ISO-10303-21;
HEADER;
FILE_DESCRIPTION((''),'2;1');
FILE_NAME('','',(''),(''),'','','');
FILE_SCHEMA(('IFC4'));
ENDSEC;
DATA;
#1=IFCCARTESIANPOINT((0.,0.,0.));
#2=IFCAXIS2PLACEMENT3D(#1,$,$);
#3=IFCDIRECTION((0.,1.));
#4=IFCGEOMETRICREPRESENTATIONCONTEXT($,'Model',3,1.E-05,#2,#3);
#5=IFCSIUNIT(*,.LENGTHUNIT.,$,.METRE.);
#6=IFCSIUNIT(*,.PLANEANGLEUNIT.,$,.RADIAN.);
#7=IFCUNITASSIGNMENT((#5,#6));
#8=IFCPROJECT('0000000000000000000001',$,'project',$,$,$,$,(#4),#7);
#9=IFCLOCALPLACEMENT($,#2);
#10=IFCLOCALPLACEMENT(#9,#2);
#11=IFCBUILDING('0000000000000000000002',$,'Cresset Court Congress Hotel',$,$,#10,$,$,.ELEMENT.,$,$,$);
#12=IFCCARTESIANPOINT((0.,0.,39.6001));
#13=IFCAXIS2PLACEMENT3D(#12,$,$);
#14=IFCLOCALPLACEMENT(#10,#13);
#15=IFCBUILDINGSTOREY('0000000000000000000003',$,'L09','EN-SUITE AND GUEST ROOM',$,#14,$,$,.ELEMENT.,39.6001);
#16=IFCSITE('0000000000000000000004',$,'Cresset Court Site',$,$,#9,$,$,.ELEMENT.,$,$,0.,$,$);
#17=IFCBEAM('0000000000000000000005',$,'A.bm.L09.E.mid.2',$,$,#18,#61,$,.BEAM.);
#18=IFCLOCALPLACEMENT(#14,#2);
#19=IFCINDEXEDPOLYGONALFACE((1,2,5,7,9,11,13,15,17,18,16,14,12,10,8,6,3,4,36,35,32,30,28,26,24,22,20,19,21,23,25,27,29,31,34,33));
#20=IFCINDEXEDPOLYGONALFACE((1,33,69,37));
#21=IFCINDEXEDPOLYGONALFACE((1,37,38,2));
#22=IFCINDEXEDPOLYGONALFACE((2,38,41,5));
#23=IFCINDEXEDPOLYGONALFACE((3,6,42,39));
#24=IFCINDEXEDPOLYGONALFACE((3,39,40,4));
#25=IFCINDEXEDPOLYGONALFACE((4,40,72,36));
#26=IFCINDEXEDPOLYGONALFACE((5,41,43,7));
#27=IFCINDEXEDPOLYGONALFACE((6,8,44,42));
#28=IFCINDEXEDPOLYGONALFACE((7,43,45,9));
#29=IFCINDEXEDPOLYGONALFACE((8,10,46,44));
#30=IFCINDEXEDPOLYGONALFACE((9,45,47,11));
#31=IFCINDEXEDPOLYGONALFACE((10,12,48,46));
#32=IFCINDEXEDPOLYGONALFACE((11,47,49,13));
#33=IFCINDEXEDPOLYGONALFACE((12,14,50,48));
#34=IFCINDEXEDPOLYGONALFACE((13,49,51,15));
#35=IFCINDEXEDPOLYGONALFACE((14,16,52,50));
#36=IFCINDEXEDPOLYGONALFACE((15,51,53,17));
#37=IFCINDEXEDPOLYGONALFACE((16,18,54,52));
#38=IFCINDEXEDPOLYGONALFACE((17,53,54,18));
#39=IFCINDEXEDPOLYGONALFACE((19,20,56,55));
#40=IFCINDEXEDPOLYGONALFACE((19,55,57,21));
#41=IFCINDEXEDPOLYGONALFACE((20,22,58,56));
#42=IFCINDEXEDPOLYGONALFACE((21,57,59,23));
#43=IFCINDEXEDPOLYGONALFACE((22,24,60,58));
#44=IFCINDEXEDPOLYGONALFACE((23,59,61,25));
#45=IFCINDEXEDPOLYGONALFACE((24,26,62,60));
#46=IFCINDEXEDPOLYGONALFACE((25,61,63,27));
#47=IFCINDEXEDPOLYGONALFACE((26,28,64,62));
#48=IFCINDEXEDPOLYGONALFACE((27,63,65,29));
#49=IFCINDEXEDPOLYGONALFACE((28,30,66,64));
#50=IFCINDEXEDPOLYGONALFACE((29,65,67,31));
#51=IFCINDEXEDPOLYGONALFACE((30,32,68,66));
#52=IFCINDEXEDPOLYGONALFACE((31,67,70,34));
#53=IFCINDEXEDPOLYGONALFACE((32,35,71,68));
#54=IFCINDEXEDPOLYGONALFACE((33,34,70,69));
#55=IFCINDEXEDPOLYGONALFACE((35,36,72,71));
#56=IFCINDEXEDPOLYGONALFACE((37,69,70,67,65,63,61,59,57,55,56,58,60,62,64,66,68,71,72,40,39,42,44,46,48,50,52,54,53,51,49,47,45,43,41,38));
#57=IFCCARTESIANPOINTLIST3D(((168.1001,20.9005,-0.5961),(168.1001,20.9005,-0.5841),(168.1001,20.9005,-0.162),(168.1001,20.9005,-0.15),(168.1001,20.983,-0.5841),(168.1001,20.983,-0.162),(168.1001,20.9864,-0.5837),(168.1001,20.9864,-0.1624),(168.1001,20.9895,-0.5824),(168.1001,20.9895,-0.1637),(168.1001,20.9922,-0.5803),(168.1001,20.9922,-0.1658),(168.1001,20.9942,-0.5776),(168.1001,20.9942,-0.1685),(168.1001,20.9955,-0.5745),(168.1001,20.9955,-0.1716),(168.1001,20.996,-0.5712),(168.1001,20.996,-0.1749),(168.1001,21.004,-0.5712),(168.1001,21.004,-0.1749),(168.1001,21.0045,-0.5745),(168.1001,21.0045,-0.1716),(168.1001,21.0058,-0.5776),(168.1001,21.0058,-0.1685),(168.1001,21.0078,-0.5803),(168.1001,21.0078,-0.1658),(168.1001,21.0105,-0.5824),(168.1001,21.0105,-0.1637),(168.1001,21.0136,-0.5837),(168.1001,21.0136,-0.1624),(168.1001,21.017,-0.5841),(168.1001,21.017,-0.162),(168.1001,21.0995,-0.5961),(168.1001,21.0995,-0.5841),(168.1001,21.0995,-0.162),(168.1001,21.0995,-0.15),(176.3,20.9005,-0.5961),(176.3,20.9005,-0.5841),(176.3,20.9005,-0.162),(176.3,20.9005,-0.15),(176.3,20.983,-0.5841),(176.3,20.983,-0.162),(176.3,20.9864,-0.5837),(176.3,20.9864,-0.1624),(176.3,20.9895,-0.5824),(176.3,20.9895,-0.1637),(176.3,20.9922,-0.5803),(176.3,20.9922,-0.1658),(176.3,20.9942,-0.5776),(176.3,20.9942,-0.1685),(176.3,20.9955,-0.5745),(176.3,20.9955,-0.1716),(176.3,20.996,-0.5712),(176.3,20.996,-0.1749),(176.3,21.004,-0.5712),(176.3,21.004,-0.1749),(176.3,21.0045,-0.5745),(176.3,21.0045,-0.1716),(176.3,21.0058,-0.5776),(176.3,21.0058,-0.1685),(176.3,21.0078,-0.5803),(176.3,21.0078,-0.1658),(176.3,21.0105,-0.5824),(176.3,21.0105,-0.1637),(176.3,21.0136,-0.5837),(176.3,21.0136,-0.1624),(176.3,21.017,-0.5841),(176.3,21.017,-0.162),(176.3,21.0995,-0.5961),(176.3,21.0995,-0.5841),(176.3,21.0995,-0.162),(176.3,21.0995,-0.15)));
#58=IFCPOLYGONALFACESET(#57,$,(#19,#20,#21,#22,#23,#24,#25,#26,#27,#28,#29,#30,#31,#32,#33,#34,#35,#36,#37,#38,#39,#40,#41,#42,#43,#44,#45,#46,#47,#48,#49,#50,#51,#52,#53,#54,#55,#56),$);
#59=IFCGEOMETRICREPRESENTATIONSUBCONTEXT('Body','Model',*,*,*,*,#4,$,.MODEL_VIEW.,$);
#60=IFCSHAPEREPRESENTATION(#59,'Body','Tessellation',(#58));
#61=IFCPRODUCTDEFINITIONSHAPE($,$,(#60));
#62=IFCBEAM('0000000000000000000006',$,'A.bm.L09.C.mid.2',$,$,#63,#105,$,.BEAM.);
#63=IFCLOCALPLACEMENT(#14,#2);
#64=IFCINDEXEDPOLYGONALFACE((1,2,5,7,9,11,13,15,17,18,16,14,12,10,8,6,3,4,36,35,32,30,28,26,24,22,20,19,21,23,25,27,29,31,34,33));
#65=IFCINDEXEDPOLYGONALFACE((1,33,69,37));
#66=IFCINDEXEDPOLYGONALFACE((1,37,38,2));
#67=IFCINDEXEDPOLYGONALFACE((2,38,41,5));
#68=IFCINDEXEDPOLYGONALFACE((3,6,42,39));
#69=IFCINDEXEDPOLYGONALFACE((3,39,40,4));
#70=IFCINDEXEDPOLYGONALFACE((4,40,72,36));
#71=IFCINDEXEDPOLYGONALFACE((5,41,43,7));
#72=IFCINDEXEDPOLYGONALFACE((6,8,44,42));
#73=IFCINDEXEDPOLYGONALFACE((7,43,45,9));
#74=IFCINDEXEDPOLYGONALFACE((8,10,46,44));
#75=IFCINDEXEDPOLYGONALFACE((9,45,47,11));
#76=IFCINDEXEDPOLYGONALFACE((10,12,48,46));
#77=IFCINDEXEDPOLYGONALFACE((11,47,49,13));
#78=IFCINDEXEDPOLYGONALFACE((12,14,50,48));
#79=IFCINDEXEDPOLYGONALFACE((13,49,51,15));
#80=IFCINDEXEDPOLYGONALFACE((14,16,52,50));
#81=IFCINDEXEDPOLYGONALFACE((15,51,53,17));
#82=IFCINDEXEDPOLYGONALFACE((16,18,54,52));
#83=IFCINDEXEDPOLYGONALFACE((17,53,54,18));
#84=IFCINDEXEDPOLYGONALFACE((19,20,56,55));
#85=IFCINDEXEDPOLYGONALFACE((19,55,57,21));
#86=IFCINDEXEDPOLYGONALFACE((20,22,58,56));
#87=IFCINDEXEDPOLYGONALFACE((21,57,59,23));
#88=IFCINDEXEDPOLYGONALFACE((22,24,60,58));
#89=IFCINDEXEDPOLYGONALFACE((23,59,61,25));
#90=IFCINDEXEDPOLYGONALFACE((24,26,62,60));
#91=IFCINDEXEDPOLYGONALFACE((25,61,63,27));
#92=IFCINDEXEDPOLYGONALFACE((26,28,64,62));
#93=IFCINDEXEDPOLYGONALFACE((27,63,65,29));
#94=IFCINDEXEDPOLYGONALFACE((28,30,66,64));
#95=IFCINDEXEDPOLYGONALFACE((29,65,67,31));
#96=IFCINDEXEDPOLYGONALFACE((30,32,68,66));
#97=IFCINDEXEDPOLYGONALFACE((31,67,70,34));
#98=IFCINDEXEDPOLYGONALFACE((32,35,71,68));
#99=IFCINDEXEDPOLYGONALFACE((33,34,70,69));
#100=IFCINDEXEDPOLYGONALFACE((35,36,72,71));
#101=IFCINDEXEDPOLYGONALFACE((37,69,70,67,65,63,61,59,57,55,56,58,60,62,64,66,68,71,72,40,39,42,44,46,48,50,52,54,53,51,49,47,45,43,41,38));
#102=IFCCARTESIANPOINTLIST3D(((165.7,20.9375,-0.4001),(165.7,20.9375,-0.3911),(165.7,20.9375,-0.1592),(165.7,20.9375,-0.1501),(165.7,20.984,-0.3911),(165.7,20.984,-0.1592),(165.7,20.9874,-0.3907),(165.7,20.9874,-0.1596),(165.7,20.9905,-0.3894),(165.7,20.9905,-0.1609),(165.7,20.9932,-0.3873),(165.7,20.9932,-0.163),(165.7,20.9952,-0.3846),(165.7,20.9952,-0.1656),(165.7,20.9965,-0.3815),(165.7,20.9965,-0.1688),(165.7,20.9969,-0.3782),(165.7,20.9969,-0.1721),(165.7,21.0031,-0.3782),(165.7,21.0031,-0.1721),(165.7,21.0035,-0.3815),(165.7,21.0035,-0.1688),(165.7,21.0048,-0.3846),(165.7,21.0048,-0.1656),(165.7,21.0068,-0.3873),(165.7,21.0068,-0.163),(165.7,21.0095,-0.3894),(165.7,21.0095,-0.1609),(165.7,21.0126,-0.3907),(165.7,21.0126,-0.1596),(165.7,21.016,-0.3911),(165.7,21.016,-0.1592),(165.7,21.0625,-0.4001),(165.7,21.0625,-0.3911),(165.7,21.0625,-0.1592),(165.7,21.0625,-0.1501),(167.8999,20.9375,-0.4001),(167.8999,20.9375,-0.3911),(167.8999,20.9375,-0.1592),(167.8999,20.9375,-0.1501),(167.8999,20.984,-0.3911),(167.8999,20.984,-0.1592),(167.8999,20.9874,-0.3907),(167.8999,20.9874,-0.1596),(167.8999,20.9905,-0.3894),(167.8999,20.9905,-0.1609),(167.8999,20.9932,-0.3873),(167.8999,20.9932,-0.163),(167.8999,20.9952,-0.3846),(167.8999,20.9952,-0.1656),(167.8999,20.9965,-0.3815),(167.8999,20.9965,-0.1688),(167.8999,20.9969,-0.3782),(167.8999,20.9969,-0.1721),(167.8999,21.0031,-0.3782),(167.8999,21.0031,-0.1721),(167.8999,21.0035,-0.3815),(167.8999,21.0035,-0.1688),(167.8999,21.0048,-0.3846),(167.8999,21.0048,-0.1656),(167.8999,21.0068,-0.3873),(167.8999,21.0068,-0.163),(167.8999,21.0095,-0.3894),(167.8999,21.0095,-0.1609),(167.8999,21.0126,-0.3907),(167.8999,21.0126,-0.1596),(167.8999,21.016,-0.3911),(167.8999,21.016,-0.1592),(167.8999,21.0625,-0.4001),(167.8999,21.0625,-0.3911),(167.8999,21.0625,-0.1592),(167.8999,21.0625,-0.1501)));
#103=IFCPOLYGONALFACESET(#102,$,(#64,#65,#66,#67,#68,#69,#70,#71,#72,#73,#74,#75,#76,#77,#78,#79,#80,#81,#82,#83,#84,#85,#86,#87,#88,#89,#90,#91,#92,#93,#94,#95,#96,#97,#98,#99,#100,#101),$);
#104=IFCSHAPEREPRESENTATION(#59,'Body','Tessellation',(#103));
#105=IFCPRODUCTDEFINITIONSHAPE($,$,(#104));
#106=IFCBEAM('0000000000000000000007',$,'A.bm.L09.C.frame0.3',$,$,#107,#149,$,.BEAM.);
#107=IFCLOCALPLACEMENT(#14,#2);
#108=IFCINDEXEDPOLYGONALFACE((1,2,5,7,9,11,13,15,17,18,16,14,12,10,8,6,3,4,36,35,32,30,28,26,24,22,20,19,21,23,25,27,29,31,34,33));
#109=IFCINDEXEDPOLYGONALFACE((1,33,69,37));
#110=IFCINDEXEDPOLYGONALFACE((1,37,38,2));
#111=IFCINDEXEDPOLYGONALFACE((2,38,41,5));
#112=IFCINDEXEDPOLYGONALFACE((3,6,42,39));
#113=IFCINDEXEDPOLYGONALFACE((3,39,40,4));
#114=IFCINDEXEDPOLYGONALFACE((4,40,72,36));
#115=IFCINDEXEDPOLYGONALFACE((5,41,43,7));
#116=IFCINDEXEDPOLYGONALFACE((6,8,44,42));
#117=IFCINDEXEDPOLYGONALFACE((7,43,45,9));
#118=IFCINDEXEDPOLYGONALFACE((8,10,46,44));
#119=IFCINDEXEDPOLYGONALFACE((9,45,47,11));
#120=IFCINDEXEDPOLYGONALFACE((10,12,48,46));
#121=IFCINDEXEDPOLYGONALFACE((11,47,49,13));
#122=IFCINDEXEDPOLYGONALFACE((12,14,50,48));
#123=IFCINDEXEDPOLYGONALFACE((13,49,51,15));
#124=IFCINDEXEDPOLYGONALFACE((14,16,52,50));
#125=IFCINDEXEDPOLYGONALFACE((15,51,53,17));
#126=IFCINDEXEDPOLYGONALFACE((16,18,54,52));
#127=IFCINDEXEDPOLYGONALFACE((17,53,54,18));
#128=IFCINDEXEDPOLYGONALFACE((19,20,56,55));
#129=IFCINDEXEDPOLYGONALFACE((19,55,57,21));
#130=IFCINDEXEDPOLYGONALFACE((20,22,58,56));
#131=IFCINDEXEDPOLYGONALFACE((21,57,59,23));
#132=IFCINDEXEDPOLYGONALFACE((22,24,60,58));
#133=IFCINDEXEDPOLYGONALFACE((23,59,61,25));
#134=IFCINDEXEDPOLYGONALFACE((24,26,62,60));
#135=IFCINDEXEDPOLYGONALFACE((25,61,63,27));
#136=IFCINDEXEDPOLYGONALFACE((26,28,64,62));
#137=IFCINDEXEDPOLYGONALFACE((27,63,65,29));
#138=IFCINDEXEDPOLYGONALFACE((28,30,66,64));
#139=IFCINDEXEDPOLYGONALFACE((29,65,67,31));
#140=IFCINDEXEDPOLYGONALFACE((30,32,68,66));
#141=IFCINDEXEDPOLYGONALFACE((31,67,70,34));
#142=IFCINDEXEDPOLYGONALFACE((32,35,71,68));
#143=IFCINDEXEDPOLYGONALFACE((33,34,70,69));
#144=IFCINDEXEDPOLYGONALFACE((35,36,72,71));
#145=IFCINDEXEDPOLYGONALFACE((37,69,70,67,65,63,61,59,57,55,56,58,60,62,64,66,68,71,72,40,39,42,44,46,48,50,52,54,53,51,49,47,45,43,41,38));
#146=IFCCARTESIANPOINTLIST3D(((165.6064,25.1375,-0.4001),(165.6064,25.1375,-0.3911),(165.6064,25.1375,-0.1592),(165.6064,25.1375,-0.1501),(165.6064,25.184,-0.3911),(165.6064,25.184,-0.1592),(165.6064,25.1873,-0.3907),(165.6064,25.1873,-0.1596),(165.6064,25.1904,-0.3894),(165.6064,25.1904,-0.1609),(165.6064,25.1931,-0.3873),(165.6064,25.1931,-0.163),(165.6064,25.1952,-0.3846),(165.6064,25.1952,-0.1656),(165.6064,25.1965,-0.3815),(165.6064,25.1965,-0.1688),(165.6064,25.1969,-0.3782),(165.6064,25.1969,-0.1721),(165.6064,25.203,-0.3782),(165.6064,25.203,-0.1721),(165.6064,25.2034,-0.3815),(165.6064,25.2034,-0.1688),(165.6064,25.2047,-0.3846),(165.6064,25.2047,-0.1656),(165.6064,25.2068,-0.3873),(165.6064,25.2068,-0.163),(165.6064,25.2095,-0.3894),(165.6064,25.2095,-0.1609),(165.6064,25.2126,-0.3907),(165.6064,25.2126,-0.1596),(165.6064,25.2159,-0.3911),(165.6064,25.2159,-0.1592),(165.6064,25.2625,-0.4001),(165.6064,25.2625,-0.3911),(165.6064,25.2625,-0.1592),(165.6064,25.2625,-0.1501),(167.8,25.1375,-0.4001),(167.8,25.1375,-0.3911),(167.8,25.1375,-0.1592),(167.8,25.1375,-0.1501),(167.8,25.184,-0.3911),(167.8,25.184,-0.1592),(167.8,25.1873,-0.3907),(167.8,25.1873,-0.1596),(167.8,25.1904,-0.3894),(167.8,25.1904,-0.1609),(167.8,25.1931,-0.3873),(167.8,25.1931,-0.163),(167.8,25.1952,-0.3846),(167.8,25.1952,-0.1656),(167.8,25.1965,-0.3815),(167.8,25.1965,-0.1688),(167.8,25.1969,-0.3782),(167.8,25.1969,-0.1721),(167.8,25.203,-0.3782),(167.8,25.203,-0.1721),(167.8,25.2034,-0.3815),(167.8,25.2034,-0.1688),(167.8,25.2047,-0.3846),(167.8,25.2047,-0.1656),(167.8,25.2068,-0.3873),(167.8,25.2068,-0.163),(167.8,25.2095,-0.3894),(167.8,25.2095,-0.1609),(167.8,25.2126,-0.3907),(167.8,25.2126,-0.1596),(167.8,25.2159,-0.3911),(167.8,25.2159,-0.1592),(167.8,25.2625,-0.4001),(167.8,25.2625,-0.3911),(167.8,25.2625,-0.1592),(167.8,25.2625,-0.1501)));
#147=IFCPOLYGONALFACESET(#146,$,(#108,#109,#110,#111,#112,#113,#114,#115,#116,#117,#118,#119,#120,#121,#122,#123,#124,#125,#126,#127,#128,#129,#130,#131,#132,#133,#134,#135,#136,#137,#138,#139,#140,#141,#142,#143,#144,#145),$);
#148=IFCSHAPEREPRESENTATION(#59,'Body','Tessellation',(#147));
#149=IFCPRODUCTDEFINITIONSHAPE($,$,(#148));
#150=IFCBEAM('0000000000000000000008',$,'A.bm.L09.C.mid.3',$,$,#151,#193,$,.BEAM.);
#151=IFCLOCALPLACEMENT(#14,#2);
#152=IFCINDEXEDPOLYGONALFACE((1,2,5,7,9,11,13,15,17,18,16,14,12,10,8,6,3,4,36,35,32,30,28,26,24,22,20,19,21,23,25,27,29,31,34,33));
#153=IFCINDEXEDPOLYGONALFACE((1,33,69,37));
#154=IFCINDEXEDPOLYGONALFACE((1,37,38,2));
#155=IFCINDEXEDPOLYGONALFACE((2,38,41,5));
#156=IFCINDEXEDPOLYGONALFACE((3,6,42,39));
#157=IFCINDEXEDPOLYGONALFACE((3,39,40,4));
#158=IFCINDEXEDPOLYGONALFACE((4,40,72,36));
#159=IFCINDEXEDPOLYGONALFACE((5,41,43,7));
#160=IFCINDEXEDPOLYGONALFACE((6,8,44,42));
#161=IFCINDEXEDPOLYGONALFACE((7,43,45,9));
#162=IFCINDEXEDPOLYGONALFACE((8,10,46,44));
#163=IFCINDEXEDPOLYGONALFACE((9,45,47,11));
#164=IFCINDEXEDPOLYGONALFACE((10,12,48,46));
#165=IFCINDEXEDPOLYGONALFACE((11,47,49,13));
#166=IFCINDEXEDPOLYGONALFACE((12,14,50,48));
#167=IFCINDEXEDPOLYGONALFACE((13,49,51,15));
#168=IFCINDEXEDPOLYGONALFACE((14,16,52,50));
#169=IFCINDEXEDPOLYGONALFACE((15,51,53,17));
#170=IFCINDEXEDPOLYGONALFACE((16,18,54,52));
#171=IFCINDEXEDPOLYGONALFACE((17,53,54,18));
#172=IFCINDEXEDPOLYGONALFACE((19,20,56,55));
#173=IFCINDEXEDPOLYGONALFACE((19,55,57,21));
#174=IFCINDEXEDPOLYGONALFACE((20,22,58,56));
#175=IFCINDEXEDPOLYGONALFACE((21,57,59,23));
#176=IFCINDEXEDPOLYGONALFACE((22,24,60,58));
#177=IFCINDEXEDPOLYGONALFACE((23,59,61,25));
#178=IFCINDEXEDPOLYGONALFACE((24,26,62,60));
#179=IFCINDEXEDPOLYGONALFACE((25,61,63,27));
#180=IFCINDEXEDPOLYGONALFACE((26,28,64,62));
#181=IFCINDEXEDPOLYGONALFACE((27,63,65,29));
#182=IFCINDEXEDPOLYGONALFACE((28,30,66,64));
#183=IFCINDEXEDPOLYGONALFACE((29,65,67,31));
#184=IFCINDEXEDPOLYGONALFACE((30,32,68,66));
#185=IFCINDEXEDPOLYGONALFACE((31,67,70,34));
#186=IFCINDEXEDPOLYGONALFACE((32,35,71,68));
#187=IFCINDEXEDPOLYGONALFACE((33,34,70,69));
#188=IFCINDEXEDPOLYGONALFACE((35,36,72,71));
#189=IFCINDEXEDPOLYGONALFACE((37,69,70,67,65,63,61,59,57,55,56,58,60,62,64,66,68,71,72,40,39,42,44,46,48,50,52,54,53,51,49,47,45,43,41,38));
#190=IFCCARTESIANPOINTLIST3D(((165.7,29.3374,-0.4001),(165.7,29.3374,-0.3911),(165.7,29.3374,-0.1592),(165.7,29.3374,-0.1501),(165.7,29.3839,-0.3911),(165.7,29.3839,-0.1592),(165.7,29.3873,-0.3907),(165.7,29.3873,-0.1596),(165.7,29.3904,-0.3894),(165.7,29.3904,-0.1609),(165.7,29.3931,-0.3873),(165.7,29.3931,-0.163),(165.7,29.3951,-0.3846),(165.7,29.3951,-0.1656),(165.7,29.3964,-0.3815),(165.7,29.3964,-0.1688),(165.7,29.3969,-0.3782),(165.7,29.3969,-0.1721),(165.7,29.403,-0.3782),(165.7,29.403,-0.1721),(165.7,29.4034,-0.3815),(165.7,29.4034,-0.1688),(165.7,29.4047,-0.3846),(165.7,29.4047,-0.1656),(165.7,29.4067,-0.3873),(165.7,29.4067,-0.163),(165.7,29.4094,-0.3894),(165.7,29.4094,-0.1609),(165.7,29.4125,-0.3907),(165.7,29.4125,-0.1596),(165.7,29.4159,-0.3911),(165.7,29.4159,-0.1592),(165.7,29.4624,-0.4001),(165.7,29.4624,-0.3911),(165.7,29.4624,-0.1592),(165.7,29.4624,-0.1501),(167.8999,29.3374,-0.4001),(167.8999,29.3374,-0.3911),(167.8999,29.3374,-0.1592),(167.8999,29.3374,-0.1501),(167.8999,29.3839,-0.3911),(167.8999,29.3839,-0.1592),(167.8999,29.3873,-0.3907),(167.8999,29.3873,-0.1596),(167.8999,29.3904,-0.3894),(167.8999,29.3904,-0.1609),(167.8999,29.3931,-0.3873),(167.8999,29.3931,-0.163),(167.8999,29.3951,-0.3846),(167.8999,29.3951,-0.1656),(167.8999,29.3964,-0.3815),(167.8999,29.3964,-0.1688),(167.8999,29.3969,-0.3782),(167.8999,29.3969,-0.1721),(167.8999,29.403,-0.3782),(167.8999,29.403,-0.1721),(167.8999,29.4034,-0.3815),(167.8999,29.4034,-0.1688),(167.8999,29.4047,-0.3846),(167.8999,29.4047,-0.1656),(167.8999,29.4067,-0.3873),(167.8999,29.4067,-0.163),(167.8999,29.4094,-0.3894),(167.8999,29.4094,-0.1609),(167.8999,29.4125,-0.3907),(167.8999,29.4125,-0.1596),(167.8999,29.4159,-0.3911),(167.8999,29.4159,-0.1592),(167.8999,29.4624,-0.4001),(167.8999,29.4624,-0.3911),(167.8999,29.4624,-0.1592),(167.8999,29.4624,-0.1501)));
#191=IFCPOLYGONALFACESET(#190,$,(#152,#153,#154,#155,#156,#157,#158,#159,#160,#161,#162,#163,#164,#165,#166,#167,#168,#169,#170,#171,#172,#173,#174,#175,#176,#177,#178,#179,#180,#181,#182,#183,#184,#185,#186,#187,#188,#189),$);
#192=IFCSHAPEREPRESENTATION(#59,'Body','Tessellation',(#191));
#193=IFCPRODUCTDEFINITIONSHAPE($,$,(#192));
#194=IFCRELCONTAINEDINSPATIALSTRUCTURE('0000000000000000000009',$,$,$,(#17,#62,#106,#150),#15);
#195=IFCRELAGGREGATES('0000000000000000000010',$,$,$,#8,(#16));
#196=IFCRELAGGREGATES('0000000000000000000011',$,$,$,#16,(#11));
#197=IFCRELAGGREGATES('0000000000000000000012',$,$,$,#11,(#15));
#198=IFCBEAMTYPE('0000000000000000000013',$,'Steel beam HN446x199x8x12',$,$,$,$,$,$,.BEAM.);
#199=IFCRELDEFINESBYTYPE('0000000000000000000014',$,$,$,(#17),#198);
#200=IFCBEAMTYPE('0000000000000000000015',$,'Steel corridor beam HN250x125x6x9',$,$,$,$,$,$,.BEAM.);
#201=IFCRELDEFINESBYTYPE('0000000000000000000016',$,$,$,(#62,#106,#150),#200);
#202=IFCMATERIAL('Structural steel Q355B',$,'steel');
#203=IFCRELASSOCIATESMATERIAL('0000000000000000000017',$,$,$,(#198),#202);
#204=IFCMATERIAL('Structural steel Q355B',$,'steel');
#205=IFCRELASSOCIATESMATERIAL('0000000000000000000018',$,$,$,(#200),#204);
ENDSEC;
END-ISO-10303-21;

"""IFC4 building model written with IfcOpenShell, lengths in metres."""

from ifc_helpers import new_model, si_unit, direction, frame, origin, origin_2d, place, context, subcontext, project, spatial, i_section, extrude, material, material_profile, profile_set, type_object, element, save


model = new_model("IFC4")

# Units and contexts
model_context = context("Model", 3, precision=1e-05, world=origin(), true_north=direction((0.0, 1.0)))
body_context = subcontext(model_context, "Body", "Model", "MODEL_VIEW")
ifc_project = project(units=[si_unit("LENGTHUNIT", "METRE"), si_unit("PLANEANGLEUNIT", "RADIAN")], contexts=[model_context])

# Site, building, storey
site_placement = place(None, origin())
site = spatial("IfcSite", under=ifc_project, at=site_placement, Name="Cresset Court Site", CompositionType="ELEMENT", RefElevation=0.0)
building_placement = place(site_placement, origin())
building = spatial("IfcBuilding", under=site, at=building_placement, Name="Cresset Court Congress Hotel", CompositionType="ELEMENT")
storey_placement = place(building_placement, frame((0.0, 0.0, 39.6001)))
storey = spatial("IfcBuildingStorey", under=building, at=storey_placement, Name="L09", Description="EN-SUITE AND GUEST ROOM", CompositionType="ELEMENT", Elevation=39.6001)

# Beams
ifc_material_1 = material(Name="Structural steel Q355B", Category="steel")
ifc_material_profile_1 = material_profile(ifc_material_1, i_section(OverallWidth=0.199, OverallDepth=0.446, WebThickness=0.0081, FlangeThickness=0.012, FilletRadius=0.0129, at=origin_2d()), Name="HN446x199x8x12")
ifc_profile_set_1 = profile_set([ifc_material_profile_1], Name="Structural steel Q355B")
beam_type_1 = type_object("IfcBeamType", Name="Steel beam HN446x199x8x12", PredefinedType="BEAM", material=ifc_profile_set_1)
beam_1_placement = place(storey_placement, frame((168.1001, 21.0, -0.373), z_axis=(1.0, 0.0, 0.0), x_axis=(0.0, 1.0, 0.0)))
element("IfcBeam", 1, at=beam_1_placement, inside=storey, type_object=beam_type_1, Name="A.bm.L09.E.mid.2", PredefinedType="BEAM", context=body_context, shape_type="SweptSolid", body=[
    extrude(i_section(OverallWidth=0.199, OverallDepth=0.446, WebThickness=0.0081, FlangeThickness=0.012, FilletRadius=0.0129, at=origin_2d()), origin(), (0.0, 0.0, 1.0), 8.2),
])
ifc_material_2 = material(Name="Structural steel Q355B", Category="steel")
ifc_material_profile_2 = material_profile(ifc_material_2, i_section(OverallWidth=0.125, OverallDepth=0.25, WebThickness=0.0061, FlangeThickness=0.009, FilletRadius=0.0129, at=origin_2d()), Name="HN250x125x6x9")
ifc_profile_set_2 = profile_set([ifc_material_profile_2], Name="Structural steel Q355B")
beam_type_2 = type_object("IfcBeamType", Name="Steel corridor beam HN250x125x6x9", PredefinedType="BEAM", material=ifc_profile_set_2)
beam_2_placement = place(storey_placement, frame((165.7, 21.0, -0.2751), z_axis=(1.0, 0.0, 0.0), x_axis=(0.0, 1.0, 0.0)))
element("IfcBeam", 2, at=beam_2_placement, inside=storey, type_object=beam_type_2, Name="A.bm.L09.C.mid.2", PredefinedType="BEAM", context=body_context, shape_type="SweptSolid", body=[
    extrude(i_section(OverallWidth=0.125, OverallDepth=0.25, WebThickness=0.0061, FlangeThickness=0.009, FilletRadius=0.0129, at=origin_2d()), origin(), (0.0, 0.0, 1.0), 2.2),
])
beam_3_placement = place(storey_placement, frame((165.6064, 25.2, -0.2751), z_axis=(1.0, 0.0, 0.0), x_axis=(0.0, 1.0, 0.0)))
element("IfcBeam", 3, at=beam_3_placement, inside=storey, type_object=beam_type_2, Name="A.bm.L09.C.frame0.3", PredefinedType="BEAM", context=body_context, shape_type="SweptSolid", body=[
    extrude(i_section(OverallWidth=0.125, OverallDepth=0.25, WebThickness=0.0061, FlangeThickness=0.009, FilletRadius=0.0129, at=origin_2d()), origin(), (0.0, 0.0, 1.0), 2.1936),
])
beam_4_placement = place(storey_placement, frame((165.7, 29.3999, -0.2751), z_axis=(1.0, 0.0, 0.0), x_axis=(0.0, 1.0, 0.0)))
element("IfcBeam", 4, at=beam_4_placement, inside=storey, type_object=beam_type_2, Name="A.bm.L09.C.mid.3", PredefinedType="BEAM", context=body_context, shape_type="SweptSolid", body=[
    extrude(i_section(OverallWidth=0.125, OverallDepth=0.25, WebThickness=0.0061, FlangeThickness=0.009, FilletRadius=0.0129, at=origin_2d()), origin(), (0.0, 0.0, 1.0), 2.2),
])

save(model, "model.ifc")
